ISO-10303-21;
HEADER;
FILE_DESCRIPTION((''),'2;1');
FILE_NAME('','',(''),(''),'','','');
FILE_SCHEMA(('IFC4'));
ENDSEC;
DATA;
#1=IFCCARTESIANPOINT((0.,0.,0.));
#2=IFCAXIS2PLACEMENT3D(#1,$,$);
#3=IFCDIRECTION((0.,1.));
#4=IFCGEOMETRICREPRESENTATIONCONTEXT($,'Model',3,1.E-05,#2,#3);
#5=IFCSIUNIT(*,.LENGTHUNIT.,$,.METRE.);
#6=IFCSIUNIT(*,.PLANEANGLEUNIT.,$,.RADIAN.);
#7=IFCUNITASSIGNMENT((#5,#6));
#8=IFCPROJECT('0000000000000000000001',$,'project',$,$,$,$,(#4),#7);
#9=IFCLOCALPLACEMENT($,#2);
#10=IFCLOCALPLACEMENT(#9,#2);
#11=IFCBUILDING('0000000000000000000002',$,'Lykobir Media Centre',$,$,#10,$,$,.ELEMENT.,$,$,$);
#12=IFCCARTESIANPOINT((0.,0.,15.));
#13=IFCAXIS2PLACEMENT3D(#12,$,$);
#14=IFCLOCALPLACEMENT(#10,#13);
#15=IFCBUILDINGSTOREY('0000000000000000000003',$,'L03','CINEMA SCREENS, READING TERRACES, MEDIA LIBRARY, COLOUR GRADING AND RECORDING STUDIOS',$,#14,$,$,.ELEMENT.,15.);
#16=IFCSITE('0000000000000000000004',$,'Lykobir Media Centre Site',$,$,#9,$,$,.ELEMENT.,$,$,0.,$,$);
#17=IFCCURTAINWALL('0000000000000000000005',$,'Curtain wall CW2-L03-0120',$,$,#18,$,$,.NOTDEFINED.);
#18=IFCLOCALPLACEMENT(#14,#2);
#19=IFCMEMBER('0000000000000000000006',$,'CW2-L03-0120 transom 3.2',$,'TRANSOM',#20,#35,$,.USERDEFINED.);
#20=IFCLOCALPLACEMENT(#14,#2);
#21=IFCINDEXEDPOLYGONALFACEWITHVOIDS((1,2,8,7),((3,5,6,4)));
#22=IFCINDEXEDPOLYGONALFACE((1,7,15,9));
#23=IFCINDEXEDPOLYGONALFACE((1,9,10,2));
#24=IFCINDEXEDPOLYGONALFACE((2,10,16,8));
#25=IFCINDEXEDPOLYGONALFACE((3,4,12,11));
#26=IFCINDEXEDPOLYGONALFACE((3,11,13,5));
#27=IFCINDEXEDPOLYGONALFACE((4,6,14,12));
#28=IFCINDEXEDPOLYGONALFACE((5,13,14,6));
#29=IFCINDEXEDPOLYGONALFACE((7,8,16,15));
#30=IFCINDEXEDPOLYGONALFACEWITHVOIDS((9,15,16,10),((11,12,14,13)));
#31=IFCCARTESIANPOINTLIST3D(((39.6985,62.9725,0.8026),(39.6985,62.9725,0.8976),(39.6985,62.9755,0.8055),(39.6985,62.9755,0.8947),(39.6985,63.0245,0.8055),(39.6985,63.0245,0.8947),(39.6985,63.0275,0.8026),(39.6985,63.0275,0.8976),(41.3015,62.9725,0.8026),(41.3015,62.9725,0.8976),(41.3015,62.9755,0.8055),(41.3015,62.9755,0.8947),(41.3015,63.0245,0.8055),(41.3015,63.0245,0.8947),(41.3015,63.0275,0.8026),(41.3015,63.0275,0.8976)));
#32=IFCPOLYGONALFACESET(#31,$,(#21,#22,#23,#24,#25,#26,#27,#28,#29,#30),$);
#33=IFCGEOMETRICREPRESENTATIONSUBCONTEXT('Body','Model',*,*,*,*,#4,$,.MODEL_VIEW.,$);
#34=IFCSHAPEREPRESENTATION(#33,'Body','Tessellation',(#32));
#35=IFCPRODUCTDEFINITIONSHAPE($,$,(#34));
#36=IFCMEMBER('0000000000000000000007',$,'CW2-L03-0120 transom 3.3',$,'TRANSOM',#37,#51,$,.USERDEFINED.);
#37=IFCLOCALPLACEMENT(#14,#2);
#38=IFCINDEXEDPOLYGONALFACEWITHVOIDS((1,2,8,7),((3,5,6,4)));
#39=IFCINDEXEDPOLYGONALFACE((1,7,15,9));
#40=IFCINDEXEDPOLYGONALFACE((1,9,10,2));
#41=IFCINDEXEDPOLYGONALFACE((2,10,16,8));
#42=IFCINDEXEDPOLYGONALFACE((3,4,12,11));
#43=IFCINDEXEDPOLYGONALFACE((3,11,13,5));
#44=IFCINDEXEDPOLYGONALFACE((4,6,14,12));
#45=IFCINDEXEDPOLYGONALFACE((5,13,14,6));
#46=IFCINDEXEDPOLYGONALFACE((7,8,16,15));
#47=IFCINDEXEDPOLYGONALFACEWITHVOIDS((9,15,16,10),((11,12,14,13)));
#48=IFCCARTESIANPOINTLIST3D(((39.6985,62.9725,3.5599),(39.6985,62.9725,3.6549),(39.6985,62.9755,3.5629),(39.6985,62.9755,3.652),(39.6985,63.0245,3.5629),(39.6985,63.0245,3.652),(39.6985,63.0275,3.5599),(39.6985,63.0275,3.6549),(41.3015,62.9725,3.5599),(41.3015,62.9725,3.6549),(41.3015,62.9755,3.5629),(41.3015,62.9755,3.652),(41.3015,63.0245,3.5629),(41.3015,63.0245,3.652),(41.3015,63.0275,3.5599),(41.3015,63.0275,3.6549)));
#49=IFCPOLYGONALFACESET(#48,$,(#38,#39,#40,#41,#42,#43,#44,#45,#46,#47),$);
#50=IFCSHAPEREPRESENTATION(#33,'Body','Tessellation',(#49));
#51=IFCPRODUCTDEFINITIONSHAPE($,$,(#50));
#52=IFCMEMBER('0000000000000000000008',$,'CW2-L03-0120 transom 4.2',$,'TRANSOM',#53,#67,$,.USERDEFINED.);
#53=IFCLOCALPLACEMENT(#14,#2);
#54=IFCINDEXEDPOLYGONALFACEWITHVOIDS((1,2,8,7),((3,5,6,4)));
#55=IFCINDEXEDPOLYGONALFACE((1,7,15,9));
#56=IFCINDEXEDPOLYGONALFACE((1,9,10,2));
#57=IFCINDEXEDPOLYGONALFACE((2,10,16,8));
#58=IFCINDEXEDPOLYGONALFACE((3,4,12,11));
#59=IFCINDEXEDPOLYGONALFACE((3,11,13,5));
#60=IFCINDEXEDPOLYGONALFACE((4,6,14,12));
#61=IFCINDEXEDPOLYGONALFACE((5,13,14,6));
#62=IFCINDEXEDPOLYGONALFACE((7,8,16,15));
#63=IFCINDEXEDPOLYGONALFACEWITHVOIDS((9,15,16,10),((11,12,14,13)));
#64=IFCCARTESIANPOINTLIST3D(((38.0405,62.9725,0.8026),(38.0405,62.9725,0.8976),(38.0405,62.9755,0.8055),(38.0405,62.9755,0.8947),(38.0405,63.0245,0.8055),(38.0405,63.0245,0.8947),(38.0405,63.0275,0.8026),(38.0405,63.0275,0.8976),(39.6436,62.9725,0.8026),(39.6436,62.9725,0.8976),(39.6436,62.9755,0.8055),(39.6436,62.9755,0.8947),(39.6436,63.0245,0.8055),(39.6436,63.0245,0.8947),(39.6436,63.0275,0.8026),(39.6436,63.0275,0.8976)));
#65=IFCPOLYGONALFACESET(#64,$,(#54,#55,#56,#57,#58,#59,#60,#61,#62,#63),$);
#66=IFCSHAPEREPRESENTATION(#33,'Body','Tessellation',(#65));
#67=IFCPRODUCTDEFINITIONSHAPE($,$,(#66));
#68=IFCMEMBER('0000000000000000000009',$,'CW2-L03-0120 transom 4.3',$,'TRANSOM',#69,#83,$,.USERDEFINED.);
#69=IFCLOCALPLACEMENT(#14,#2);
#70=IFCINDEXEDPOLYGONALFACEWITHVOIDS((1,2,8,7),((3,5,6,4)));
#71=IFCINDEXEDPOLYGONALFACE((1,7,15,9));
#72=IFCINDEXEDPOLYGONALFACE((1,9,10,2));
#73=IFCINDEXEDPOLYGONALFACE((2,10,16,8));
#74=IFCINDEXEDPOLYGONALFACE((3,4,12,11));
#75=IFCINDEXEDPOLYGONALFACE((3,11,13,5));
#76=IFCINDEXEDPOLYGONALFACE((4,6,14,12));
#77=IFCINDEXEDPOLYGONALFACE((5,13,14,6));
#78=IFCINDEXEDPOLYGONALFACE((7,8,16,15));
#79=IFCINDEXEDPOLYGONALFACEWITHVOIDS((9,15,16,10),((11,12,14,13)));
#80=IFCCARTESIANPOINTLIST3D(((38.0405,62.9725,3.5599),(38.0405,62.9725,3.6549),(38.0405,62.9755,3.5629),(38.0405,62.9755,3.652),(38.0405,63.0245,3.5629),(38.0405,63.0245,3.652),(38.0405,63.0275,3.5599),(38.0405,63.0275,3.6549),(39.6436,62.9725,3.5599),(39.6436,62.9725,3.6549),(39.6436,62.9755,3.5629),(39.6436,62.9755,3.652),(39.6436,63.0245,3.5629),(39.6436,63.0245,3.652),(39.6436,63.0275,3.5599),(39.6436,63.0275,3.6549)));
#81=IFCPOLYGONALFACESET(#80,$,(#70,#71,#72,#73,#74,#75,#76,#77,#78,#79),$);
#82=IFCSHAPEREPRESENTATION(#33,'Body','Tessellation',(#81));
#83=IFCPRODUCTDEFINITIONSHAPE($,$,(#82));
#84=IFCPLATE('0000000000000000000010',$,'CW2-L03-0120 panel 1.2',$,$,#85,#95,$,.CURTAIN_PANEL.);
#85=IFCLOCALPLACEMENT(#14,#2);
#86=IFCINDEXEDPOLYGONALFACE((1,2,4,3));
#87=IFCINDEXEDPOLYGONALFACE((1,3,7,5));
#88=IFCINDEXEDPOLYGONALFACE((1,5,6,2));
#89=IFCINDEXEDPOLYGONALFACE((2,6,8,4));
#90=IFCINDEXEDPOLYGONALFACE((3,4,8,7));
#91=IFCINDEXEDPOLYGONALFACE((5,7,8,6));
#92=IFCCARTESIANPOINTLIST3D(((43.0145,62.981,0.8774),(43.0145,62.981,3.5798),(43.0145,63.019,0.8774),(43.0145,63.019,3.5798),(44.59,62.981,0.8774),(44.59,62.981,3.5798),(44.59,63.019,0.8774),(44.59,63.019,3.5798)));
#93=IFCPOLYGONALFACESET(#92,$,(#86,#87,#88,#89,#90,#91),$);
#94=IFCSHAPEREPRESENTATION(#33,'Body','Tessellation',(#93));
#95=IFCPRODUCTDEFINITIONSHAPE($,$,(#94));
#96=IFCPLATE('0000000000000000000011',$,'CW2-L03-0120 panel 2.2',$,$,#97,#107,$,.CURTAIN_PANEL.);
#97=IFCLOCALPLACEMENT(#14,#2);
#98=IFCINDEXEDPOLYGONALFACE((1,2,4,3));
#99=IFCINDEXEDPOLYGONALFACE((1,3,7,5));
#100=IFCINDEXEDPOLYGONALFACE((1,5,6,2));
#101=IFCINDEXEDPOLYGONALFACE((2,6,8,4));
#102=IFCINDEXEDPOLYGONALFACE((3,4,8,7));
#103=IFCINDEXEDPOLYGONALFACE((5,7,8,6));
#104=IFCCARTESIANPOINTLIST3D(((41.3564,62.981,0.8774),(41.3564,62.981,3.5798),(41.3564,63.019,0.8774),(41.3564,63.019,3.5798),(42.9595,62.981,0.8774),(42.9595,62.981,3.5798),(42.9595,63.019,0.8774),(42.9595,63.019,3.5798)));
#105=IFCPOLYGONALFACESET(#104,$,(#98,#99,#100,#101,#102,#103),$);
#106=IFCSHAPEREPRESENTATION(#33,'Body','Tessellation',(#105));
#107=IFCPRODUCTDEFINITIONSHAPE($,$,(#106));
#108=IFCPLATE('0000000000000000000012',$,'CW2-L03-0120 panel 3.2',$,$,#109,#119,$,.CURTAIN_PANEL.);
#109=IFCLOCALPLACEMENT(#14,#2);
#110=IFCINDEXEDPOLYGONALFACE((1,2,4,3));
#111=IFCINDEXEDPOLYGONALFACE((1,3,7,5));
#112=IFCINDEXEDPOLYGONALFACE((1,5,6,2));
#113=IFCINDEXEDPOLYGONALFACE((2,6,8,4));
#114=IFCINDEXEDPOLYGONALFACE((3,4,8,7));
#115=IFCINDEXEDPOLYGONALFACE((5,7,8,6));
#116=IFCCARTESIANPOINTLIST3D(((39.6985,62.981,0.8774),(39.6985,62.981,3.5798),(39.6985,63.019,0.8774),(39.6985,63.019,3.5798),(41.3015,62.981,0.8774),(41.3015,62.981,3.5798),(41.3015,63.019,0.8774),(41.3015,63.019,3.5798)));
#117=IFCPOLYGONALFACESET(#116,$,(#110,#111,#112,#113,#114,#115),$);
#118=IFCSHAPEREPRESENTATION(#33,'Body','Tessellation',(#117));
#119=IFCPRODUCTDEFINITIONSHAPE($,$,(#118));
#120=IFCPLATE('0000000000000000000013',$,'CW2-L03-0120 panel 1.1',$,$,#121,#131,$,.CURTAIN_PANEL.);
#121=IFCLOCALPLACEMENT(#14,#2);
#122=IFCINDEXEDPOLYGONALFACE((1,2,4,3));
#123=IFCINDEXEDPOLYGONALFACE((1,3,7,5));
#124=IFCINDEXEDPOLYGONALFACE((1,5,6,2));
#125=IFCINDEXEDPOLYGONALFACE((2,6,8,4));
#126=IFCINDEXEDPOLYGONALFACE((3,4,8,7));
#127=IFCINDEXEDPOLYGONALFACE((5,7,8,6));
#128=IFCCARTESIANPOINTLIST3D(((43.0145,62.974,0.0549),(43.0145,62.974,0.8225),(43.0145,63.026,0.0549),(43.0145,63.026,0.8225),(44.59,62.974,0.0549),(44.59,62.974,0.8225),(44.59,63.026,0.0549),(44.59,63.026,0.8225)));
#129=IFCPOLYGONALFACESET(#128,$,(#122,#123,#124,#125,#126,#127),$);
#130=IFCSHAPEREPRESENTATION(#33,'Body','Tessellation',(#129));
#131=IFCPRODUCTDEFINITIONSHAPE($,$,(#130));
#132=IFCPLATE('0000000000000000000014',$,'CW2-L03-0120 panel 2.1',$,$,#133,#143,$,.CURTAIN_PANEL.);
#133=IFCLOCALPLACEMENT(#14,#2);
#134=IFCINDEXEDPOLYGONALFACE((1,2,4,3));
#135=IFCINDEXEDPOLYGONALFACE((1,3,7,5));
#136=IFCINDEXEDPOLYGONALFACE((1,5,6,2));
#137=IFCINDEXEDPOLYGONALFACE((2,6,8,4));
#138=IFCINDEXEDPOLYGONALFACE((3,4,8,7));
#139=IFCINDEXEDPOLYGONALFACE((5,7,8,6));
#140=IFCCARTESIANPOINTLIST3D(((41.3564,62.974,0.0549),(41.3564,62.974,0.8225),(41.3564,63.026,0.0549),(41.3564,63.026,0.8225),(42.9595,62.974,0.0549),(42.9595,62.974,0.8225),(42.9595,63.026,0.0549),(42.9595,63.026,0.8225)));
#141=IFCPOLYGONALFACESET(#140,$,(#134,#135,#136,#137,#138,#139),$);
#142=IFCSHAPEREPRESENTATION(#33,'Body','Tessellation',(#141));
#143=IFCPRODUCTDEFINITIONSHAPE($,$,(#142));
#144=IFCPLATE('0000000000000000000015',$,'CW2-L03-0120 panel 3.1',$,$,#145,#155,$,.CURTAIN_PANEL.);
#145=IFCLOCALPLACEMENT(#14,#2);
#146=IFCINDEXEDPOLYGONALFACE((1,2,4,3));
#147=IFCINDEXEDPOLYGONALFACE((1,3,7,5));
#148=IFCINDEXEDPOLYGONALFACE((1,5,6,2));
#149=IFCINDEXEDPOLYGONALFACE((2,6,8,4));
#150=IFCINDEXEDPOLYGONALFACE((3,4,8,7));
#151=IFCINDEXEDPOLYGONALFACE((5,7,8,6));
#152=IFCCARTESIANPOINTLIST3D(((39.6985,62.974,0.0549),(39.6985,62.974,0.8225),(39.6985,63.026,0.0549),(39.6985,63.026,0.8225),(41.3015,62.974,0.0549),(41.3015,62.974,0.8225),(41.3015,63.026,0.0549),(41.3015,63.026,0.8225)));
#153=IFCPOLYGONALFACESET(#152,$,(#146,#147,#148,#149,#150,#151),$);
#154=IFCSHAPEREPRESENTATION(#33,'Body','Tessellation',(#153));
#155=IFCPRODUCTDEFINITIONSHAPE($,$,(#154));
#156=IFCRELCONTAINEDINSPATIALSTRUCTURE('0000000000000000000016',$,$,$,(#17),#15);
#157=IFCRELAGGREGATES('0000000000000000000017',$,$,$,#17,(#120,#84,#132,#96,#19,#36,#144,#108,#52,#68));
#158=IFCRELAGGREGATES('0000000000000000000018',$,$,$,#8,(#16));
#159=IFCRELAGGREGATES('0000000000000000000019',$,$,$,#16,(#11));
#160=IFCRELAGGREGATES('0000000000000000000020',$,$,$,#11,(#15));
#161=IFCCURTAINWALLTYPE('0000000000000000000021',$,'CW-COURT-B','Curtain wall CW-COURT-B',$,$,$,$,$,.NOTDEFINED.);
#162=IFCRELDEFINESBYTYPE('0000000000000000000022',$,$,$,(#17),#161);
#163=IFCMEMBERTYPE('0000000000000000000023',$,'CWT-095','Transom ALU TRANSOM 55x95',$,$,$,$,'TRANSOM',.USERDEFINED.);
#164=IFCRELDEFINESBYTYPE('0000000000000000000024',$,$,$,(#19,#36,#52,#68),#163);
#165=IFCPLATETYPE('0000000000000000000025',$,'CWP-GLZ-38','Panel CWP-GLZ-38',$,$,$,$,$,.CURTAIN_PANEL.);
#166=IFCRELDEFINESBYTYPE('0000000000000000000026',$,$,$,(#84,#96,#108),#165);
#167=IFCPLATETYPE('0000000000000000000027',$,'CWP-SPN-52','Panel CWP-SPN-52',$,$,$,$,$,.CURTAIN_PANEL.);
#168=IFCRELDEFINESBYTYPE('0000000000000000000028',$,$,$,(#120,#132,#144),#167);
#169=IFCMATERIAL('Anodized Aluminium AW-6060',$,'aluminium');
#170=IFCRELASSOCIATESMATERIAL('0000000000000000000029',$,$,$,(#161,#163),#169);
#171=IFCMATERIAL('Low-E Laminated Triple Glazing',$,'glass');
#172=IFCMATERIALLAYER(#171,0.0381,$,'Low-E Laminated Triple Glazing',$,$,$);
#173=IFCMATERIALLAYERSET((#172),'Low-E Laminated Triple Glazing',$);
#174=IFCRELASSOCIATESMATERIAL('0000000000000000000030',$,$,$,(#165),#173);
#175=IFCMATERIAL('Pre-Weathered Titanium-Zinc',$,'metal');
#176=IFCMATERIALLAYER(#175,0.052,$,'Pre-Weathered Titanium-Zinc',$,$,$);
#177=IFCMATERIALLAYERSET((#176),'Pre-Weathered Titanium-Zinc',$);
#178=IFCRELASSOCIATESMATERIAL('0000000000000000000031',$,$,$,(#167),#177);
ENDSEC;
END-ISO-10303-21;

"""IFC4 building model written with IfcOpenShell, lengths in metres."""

from ifc_helpers import new_model, si_unit, direction, frame, origin, origin_2d, place, context, subcontext, project, spatial, rectangle, hollow_rectangle, extrude, material, layer, layer_set, material_profile, profile_set, type_object, element, aggregate, save


model = new_model("IFC4")

# Units and contexts
model_context = context("Model", 3, precision=1e-05, world=origin(), true_north=direction((0.0, 1.0)))
body_context = subcontext(model_context, "Body", "Model", "MODEL_VIEW")
ifc_project = project(units=[si_unit("LENGTHUNIT", "METRE"), si_unit("PLANEANGLEUNIT", "RADIAN")], contexts=[model_context])

# Site, building, storey
site_placement = place(None, origin())
site = spatial("IfcSite", under=ifc_project, at=site_placement, Name="Lykobir Media Centre Site", CompositionType="ELEMENT", RefElevation=0.0)
building_placement = place(site_placement, origin())
building = spatial("IfcBuilding", under=site, at=building_placement, Name="Lykobir Media Centre", CompositionType="ELEMENT")
storey_placement = place(building_placement, frame((0.0, 0.0, 15.0)))
storey = spatial("IfcBuildingStorey", under=building, at=storey_placement, Name="L03", Description="CINEMA SCREENS, READING TERRACES, MEDIA LIBRARY, COLOUR GRADING AND RECORDING STUDIOS", CompositionType="ELEMENT", Elevation=15.0)

# Curtain wall, members, plates
ifc_material_1 = material(Name="Anodized Aluminium AW-6060", Category="aluminium")
curtain_wall_type = type_object("IfcCurtainWallType", Name="CW-COURT-B", Description="Curtain wall CW-COURT-B", PredefinedType="NOTDEFINED", material=ifc_material_1)
curtain_wall_placement = place(storey_placement, origin())
curtain_wall = element("IfcCurtainWall", 1, at=curtain_wall_placement, inside=storey, type_object=curtain_wall_type, Name="Curtain wall CW2-L03-0120", PredefinedType="NOTDEFINED")
ifc_material_profile_1 = material_profile(ifc_material_1, hollow_rectangle(XDim=0.0549, YDim=0.095, WallThickness=0.0029, at=origin_2d()), Name="ALU TRANSOM 55x95")
ifc_profile_set_1 = profile_set([ifc_material_profile_1], Name="Anodized Aluminium AW-6060")
member_type_1 = type_object("IfcMemberType", Name="CWT-095", Description="Transom ALU TRANSOM 55x95", ElementType="TRANSOM", PredefinedType="USERDEFINED", material=ifc_profile_set_1)
member_1_placement = place(storey_placement, frame((41.3015, 63.0, 0.8501), z_axis=(-1.0, 0.0, 0.0), x_axis=(0.0, -1.0, 0.0)))
member_1 = element("IfcMember", 2, at=member_1_placement, type_object=member_type_1, Name="CW2-L03-0120 transom 3.2", ObjectType="TRANSOM", PredefinedType="USERDEFINED", context=body_context, shape_type="SweptSolid", body=[
    extrude(hollow_rectangle(XDim=0.0549, YDim=0.095, WallThickness=0.0029, at=origin_2d()), origin(), (0.0, 0.0, 1.0), 1.603),
])
member_2_placement = place(storey_placement, frame((41.3015, 63.0, 3.6074), z_axis=(-1.0, 0.0, 0.0), x_axis=(0.0, -1.0, 0.0)))
member_2 = element("IfcMember", 3, at=member_2_placement, type_object=member_type_1, Name="CW2-L03-0120 transom 3.3", ObjectType="TRANSOM", PredefinedType="USERDEFINED", context=body_context, shape_type="SweptSolid", body=[
    extrude(hollow_rectangle(XDim=0.0549, YDim=0.095, WallThickness=0.0029, at=origin_2d()), origin(), (0.0, 0.0, 1.0), 1.603),
])
member_3_placement = place(storey_placement, frame((39.6436, 63.0, 0.8501), z_axis=(-1.0, 0.0, 0.0), x_axis=(0.0, -1.0, 0.0)))
member_3 = element("IfcMember", 4, at=member_3_placement, type_object=member_type_1, Name="CW2-L03-0120 transom 4.2", ObjectType="TRANSOM", PredefinedType="USERDEFINED", context=body_context, shape_type="SweptSolid", body=[
    extrude(hollow_rectangle(XDim=0.0549, YDim=0.095, WallThickness=0.0029, at=origin_2d()), origin(), (0.0, 0.0, 1.0), 1.603),
])
member_4_placement = place(storey_placement, frame((39.6436, 63.0, 3.6074), z_axis=(-1.0, 0.0, 0.0), x_axis=(0.0, -1.0, 0.0)))
member_4 = element("IfcMember", 5, at=member_4_placement, type_object=member_type_1, Name="CW2-L03-0120 transom 4.3", ObjectType="TRANSOM", PredefinedType="USERDEFINED", context=body_context, shape_type="SweptSolid", body=[
    extrude(hollow_rectangle(XDim=0.0549, YDim=0.095, WallThickness=0.0029, at=origin_2d()), origin(), (0.0, 0.0, 1.0), 1.603),
])
ifc_material_2 = material(Name="Low-E Laminated Triple Glazing", Category="glass")
ifc_layer_1 = layer(ifc_material_2, 0.0381, Name="Low-E Laminated Triple Glazing")
ifc_layer_set_1 = layer_set([ifc_layer_1], Name="Low-E Laminated Triple Glazing")
plate_type_1 = type_object("IfcPlateType", Name="CWP-GLZ-38", Description="Panel CWP-GLZ-38", PredefinedType="CURTAIN_PANEL", material=ifc_layer_set_1)
plate_1_placement = place(storey_placement, frame((43.8022, 63.0, 0.8774), z_axis=(0.0, 0.0, 1.0), x_axis=(-1.0, 0.0, 0.0)))
plate_1 = element("IfcPlate", 6, at=plate_1_placement, type_object=plate_type_1, Name="CW2-L03-0120 panel 1.2", PredefinedType="CURTAIN_PANEL", context=body_context, shape_type="SweptSolid", body=[
    extrude(rectangle(XDim=1.5754, YDim=0.0381, at=origin_2d()), origin(), (0.0, 0.0, 1.0), 2.7024),
])
plate_2_placement = place(storey_placement, frame((42.158, 63.0, 0.8774), z_axis=(0.0, 0.0, 1.0), x_axis=(-1.0, 0.0, 0.0)))
plate_2 = element("IfcPlate", 7, at=plate_2_placement, type_object=plate_type_1, Name="CW2-L03-0120 panel 2.2", PredefinedType="CURTAIN_PANEL", context=body_context, shape_type="SweptSolid", body=[
    extrude(rectangle(XDim=1.603, YDim=0.0381, at=origin_2d()), origin(), (0.0, 0.0, 1.0), 2.7024),
])
plate_3_placement = place(storey_placement, frame((40.5, 63.0, 0.8774), z_axis=(0.0, 0.0, 1.0), x_axis=(-1.0, 0.0, 0.0)))
plate_3 = element("IfcPlate", 8, at=plate_3_placement, type_object=plate_type_1, Name="CW2-L03-0120 panel 3.2", PredefinedType="CURTAIN_PANEL", context=body_context, shape_type="SweptSolid", body=[
    extrude(rectangle(XDim=1.603, YDim=0.0381, at=origin_2d()), origin(), (0.0, 0.0, 1.0), 2.7024),
])
ifc_material_3 = material(Name="Pre-Weathered Titanium-Zinc", Category="metal")
ifc_layer_2 = layer(ifc_material_3, 0.052, Name="Pre-Weathered Titanium-Zinc")
ifc_layer_set_2 = layer_set([ifc_layer_2], Name="Pre-Weathered Titanium-Zinc")
plate_type_2 = type_object("IfcPlateType", Name="CWP-SPN-52", Description="Panel CWP-SPN-52", PredefinedType="CURTAIN_PANEL", material=ifc_layer_set_2)
plate_4_placement = place(storey_placement, frame((43.8022, 63.0, 0.0549), z_axis=(0.0, 0.0, 1.0), x_axis=(-1.0, 0.0, 0.0)))
plate_4 = element("IfcPlate", 9, at=plate_4_placement, type_object=plate_type_2, Name="CW2-L03-0120 panel 1.1", PredefinedType="CURTAIN_PANEL", context=body_context, shape_type="SweptSolid", body=[
    extrude(rectangle(XDim=1.5754, YDim=0.052, at=origin_2d()), origin(), (0.0, 0.0, 1.0), 0.7676),
])
plate_5_placement = place(storey_placement, frame((42.158, 63.0, 0.0549), z_axis=(0.0, 0.0, 1.0), x_axis=(-1.0, 0.0, 0.0)))
plate_5 = element("IfcPlate", 10, at=plate_5_placement, type_object=plate_type_2, Name="CW2-L03-0120 panel 2.1", PredefinedType="CURTAIN_PANEL", context=body_context, shape_type="SweptSolid", body=[
    extrude(rectangle(XDim=1.603, YDim=0.052, at=origin_2d()), origin(), (0.0, 0.0, 1.0), 0.7676),
])
plate_6_placement = place(storey_placement, frame((40.5, 63.0, 0.0549), z_axis=(0.0, 0.0, 1.0), x_axis=(-1.0, 0.0, 0.0)))
plate_6 = element("IfcPlate", 11, at=plate_6_placement, type_object=plate_type_2, Name="CW2-L03-0120 panel 3.1", PredefinedType="CURTAIN_PANEL", context=body_context, shape_type="SweptSolid", body=[
    extrude(rectangle(XDim=1.603, YDim=0.052, at=origin_2d()), origin(), (0.0, 0.0, 1.0), 0.7676),
])
aggregate(curtain_wall, [plate_4, plate_1, plate_5, plate_2, member_1, member_2, plate_6, plate_3, member_3, member_4])

save(model, "model.ifc")
